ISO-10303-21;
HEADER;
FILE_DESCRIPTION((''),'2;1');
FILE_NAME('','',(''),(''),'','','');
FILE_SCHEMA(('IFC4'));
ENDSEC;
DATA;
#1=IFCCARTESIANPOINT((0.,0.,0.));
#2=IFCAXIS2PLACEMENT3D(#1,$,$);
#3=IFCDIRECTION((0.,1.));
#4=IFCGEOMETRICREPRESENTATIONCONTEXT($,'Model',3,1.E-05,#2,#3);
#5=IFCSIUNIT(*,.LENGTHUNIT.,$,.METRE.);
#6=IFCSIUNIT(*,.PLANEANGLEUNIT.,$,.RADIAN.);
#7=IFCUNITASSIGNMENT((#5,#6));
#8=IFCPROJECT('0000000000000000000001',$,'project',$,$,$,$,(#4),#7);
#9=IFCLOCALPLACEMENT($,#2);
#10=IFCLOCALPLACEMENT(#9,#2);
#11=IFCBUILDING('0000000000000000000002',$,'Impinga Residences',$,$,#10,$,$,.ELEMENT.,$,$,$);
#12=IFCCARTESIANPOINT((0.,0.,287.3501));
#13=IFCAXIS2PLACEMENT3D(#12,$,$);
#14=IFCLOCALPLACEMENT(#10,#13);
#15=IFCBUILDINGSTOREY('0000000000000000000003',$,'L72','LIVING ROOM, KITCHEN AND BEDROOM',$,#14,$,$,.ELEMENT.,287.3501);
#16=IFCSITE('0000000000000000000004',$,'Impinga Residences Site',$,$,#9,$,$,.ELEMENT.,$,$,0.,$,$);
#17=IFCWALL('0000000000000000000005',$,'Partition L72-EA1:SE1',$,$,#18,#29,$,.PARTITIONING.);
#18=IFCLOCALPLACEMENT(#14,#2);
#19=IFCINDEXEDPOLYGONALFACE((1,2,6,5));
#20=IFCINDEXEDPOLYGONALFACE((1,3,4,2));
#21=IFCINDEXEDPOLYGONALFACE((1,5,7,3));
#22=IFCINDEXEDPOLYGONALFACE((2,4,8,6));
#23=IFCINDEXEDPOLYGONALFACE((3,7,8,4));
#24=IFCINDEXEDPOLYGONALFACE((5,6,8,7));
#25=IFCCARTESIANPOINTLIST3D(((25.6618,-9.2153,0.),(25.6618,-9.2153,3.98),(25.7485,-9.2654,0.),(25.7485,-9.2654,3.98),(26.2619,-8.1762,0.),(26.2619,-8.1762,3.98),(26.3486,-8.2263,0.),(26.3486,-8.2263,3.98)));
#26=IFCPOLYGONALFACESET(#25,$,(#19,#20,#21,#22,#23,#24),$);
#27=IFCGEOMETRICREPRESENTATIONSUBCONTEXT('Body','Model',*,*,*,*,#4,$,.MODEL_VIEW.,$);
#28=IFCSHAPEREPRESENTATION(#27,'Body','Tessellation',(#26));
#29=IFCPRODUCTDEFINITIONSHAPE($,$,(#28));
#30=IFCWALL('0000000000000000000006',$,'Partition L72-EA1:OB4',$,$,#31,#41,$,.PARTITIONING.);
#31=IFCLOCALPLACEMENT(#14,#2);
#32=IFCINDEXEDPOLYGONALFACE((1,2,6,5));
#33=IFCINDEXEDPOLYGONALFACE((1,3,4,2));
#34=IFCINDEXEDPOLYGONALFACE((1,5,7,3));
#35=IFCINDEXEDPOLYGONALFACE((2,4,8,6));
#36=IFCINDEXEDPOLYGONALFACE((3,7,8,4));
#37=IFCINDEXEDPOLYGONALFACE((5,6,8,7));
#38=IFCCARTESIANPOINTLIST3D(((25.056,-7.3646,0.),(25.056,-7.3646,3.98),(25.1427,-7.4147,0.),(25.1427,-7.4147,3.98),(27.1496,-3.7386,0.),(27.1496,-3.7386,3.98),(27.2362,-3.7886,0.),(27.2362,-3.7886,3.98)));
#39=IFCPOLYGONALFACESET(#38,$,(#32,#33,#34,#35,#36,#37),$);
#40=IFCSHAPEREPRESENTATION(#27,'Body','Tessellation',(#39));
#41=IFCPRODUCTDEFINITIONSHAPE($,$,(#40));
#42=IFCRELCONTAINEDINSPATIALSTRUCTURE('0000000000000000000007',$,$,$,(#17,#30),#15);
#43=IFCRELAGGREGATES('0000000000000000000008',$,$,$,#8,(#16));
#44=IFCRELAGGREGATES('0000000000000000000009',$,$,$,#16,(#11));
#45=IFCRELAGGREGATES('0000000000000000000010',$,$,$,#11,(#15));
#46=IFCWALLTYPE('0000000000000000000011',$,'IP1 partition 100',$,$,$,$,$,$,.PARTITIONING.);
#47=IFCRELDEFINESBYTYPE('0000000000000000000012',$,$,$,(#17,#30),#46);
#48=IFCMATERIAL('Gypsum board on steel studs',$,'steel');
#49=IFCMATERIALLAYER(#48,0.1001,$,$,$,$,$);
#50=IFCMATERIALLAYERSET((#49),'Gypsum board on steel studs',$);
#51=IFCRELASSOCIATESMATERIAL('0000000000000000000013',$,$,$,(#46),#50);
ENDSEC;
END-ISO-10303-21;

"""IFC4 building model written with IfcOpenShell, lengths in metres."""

from ifc_helpers import new_model, si_unit, direction, frame, frame_2d, origin, place, context, subcontext, project, spatial, rectangle, extrude, material, layer, layer_set, type_object, element, save


model = new_model("IFC4")

# Units and contexts
model_context = context("Model", 3, precision=1e-05, world=origin(), true_north=direction((0.0, 1.0)))
body_context = subcontext(model_context, "Body", "Model", "MODEL_VIEW")
ifc_project = project(units=[si_unit("LENGTHUNIT", "METRE"), si_unit("PLANEANGLEUNIT", "RADIAN")], contexts=[model_context])

# Site, building, storey
site_placement = place(None, origin())
site = spatial("IfcSite", under=ifc_project, at=site_placement, Name="Impinga Residences Site", CompositionType="ELEMENT", RefElevation=0.0)
building_placement = place(site_placement, origin())
building = spatial("IfcBuilding", under=site, at=building_placement, Name="Impinga Residences", CompositionType="ELEMENT")
storey_placement = place(building_placement, frame((0.0, 0.0, 287.3501)))
storey = spatial("IfcBuildingStorey", under=building, at=storey_placement, Name="L72", Description="LIVING ROOM, KITCHEN AND BEDROOM", CompositionType="ELEMENT", Elevation=287.3501)

# Walls
ifc_material_1 = material(Name="Gypsum board on steel studs", Category="steel")
ifc_layer_1 = layer(ifc_material_1, 0.1001)
ifc_layer_set_1 = layer_set([ifc_layer_1], Name="Gypsum board on steel studs")
wall_type_1 = type_object("IfcWallType", Name="IP1 partition 100", PredefinedType="PARTITIONING", material=ifc_layer_set_1)
wall_1_placement = place(storey_placement, frame((25.7051, -9.2405, 0.0), z_axis=(0.0, 0.0, 1.0), x_axis=(0.500122, 0.865955, 0.0)))
element("IfcWall", 1, at=wall_1_placement, inside=storey, type_object=wall_type_1, Name="Partition L72-EA1:SE1", PredefinedType="PARTITIONING", context=body_context, shape_type="SweptSolid", body=[
    extrude(rectangle(XDim=1.2, YDim=0.1001, at=frame_2d((0.6001, 0.0))), origin(), (0.0, 0.0, 1.0), 3.98),
])
wall_2_placement = place(storey_placement, frame((25.0994, -7.3896, 0.0), z_axis=(0.0, 0.0, 1.0), x_axis=(0.500008, 0.866021, 0.0)))
element("IfcWall", 2, at=wall_2_placement, inside=storey, type_object=wall_type_1, Name="Partition L72-EA1:OB4", PredefinedType="PARTITIONING", context=body_context, shape_type="SweptSolid", body=[
    extrude(rectangle(XDim=4.187, YDim=0.1001, at=frame_2d((2.0935, 0.0))), origin(), (0.0, 0.0, 1.0), 3.98),
])

save(model, "model.ifc")
